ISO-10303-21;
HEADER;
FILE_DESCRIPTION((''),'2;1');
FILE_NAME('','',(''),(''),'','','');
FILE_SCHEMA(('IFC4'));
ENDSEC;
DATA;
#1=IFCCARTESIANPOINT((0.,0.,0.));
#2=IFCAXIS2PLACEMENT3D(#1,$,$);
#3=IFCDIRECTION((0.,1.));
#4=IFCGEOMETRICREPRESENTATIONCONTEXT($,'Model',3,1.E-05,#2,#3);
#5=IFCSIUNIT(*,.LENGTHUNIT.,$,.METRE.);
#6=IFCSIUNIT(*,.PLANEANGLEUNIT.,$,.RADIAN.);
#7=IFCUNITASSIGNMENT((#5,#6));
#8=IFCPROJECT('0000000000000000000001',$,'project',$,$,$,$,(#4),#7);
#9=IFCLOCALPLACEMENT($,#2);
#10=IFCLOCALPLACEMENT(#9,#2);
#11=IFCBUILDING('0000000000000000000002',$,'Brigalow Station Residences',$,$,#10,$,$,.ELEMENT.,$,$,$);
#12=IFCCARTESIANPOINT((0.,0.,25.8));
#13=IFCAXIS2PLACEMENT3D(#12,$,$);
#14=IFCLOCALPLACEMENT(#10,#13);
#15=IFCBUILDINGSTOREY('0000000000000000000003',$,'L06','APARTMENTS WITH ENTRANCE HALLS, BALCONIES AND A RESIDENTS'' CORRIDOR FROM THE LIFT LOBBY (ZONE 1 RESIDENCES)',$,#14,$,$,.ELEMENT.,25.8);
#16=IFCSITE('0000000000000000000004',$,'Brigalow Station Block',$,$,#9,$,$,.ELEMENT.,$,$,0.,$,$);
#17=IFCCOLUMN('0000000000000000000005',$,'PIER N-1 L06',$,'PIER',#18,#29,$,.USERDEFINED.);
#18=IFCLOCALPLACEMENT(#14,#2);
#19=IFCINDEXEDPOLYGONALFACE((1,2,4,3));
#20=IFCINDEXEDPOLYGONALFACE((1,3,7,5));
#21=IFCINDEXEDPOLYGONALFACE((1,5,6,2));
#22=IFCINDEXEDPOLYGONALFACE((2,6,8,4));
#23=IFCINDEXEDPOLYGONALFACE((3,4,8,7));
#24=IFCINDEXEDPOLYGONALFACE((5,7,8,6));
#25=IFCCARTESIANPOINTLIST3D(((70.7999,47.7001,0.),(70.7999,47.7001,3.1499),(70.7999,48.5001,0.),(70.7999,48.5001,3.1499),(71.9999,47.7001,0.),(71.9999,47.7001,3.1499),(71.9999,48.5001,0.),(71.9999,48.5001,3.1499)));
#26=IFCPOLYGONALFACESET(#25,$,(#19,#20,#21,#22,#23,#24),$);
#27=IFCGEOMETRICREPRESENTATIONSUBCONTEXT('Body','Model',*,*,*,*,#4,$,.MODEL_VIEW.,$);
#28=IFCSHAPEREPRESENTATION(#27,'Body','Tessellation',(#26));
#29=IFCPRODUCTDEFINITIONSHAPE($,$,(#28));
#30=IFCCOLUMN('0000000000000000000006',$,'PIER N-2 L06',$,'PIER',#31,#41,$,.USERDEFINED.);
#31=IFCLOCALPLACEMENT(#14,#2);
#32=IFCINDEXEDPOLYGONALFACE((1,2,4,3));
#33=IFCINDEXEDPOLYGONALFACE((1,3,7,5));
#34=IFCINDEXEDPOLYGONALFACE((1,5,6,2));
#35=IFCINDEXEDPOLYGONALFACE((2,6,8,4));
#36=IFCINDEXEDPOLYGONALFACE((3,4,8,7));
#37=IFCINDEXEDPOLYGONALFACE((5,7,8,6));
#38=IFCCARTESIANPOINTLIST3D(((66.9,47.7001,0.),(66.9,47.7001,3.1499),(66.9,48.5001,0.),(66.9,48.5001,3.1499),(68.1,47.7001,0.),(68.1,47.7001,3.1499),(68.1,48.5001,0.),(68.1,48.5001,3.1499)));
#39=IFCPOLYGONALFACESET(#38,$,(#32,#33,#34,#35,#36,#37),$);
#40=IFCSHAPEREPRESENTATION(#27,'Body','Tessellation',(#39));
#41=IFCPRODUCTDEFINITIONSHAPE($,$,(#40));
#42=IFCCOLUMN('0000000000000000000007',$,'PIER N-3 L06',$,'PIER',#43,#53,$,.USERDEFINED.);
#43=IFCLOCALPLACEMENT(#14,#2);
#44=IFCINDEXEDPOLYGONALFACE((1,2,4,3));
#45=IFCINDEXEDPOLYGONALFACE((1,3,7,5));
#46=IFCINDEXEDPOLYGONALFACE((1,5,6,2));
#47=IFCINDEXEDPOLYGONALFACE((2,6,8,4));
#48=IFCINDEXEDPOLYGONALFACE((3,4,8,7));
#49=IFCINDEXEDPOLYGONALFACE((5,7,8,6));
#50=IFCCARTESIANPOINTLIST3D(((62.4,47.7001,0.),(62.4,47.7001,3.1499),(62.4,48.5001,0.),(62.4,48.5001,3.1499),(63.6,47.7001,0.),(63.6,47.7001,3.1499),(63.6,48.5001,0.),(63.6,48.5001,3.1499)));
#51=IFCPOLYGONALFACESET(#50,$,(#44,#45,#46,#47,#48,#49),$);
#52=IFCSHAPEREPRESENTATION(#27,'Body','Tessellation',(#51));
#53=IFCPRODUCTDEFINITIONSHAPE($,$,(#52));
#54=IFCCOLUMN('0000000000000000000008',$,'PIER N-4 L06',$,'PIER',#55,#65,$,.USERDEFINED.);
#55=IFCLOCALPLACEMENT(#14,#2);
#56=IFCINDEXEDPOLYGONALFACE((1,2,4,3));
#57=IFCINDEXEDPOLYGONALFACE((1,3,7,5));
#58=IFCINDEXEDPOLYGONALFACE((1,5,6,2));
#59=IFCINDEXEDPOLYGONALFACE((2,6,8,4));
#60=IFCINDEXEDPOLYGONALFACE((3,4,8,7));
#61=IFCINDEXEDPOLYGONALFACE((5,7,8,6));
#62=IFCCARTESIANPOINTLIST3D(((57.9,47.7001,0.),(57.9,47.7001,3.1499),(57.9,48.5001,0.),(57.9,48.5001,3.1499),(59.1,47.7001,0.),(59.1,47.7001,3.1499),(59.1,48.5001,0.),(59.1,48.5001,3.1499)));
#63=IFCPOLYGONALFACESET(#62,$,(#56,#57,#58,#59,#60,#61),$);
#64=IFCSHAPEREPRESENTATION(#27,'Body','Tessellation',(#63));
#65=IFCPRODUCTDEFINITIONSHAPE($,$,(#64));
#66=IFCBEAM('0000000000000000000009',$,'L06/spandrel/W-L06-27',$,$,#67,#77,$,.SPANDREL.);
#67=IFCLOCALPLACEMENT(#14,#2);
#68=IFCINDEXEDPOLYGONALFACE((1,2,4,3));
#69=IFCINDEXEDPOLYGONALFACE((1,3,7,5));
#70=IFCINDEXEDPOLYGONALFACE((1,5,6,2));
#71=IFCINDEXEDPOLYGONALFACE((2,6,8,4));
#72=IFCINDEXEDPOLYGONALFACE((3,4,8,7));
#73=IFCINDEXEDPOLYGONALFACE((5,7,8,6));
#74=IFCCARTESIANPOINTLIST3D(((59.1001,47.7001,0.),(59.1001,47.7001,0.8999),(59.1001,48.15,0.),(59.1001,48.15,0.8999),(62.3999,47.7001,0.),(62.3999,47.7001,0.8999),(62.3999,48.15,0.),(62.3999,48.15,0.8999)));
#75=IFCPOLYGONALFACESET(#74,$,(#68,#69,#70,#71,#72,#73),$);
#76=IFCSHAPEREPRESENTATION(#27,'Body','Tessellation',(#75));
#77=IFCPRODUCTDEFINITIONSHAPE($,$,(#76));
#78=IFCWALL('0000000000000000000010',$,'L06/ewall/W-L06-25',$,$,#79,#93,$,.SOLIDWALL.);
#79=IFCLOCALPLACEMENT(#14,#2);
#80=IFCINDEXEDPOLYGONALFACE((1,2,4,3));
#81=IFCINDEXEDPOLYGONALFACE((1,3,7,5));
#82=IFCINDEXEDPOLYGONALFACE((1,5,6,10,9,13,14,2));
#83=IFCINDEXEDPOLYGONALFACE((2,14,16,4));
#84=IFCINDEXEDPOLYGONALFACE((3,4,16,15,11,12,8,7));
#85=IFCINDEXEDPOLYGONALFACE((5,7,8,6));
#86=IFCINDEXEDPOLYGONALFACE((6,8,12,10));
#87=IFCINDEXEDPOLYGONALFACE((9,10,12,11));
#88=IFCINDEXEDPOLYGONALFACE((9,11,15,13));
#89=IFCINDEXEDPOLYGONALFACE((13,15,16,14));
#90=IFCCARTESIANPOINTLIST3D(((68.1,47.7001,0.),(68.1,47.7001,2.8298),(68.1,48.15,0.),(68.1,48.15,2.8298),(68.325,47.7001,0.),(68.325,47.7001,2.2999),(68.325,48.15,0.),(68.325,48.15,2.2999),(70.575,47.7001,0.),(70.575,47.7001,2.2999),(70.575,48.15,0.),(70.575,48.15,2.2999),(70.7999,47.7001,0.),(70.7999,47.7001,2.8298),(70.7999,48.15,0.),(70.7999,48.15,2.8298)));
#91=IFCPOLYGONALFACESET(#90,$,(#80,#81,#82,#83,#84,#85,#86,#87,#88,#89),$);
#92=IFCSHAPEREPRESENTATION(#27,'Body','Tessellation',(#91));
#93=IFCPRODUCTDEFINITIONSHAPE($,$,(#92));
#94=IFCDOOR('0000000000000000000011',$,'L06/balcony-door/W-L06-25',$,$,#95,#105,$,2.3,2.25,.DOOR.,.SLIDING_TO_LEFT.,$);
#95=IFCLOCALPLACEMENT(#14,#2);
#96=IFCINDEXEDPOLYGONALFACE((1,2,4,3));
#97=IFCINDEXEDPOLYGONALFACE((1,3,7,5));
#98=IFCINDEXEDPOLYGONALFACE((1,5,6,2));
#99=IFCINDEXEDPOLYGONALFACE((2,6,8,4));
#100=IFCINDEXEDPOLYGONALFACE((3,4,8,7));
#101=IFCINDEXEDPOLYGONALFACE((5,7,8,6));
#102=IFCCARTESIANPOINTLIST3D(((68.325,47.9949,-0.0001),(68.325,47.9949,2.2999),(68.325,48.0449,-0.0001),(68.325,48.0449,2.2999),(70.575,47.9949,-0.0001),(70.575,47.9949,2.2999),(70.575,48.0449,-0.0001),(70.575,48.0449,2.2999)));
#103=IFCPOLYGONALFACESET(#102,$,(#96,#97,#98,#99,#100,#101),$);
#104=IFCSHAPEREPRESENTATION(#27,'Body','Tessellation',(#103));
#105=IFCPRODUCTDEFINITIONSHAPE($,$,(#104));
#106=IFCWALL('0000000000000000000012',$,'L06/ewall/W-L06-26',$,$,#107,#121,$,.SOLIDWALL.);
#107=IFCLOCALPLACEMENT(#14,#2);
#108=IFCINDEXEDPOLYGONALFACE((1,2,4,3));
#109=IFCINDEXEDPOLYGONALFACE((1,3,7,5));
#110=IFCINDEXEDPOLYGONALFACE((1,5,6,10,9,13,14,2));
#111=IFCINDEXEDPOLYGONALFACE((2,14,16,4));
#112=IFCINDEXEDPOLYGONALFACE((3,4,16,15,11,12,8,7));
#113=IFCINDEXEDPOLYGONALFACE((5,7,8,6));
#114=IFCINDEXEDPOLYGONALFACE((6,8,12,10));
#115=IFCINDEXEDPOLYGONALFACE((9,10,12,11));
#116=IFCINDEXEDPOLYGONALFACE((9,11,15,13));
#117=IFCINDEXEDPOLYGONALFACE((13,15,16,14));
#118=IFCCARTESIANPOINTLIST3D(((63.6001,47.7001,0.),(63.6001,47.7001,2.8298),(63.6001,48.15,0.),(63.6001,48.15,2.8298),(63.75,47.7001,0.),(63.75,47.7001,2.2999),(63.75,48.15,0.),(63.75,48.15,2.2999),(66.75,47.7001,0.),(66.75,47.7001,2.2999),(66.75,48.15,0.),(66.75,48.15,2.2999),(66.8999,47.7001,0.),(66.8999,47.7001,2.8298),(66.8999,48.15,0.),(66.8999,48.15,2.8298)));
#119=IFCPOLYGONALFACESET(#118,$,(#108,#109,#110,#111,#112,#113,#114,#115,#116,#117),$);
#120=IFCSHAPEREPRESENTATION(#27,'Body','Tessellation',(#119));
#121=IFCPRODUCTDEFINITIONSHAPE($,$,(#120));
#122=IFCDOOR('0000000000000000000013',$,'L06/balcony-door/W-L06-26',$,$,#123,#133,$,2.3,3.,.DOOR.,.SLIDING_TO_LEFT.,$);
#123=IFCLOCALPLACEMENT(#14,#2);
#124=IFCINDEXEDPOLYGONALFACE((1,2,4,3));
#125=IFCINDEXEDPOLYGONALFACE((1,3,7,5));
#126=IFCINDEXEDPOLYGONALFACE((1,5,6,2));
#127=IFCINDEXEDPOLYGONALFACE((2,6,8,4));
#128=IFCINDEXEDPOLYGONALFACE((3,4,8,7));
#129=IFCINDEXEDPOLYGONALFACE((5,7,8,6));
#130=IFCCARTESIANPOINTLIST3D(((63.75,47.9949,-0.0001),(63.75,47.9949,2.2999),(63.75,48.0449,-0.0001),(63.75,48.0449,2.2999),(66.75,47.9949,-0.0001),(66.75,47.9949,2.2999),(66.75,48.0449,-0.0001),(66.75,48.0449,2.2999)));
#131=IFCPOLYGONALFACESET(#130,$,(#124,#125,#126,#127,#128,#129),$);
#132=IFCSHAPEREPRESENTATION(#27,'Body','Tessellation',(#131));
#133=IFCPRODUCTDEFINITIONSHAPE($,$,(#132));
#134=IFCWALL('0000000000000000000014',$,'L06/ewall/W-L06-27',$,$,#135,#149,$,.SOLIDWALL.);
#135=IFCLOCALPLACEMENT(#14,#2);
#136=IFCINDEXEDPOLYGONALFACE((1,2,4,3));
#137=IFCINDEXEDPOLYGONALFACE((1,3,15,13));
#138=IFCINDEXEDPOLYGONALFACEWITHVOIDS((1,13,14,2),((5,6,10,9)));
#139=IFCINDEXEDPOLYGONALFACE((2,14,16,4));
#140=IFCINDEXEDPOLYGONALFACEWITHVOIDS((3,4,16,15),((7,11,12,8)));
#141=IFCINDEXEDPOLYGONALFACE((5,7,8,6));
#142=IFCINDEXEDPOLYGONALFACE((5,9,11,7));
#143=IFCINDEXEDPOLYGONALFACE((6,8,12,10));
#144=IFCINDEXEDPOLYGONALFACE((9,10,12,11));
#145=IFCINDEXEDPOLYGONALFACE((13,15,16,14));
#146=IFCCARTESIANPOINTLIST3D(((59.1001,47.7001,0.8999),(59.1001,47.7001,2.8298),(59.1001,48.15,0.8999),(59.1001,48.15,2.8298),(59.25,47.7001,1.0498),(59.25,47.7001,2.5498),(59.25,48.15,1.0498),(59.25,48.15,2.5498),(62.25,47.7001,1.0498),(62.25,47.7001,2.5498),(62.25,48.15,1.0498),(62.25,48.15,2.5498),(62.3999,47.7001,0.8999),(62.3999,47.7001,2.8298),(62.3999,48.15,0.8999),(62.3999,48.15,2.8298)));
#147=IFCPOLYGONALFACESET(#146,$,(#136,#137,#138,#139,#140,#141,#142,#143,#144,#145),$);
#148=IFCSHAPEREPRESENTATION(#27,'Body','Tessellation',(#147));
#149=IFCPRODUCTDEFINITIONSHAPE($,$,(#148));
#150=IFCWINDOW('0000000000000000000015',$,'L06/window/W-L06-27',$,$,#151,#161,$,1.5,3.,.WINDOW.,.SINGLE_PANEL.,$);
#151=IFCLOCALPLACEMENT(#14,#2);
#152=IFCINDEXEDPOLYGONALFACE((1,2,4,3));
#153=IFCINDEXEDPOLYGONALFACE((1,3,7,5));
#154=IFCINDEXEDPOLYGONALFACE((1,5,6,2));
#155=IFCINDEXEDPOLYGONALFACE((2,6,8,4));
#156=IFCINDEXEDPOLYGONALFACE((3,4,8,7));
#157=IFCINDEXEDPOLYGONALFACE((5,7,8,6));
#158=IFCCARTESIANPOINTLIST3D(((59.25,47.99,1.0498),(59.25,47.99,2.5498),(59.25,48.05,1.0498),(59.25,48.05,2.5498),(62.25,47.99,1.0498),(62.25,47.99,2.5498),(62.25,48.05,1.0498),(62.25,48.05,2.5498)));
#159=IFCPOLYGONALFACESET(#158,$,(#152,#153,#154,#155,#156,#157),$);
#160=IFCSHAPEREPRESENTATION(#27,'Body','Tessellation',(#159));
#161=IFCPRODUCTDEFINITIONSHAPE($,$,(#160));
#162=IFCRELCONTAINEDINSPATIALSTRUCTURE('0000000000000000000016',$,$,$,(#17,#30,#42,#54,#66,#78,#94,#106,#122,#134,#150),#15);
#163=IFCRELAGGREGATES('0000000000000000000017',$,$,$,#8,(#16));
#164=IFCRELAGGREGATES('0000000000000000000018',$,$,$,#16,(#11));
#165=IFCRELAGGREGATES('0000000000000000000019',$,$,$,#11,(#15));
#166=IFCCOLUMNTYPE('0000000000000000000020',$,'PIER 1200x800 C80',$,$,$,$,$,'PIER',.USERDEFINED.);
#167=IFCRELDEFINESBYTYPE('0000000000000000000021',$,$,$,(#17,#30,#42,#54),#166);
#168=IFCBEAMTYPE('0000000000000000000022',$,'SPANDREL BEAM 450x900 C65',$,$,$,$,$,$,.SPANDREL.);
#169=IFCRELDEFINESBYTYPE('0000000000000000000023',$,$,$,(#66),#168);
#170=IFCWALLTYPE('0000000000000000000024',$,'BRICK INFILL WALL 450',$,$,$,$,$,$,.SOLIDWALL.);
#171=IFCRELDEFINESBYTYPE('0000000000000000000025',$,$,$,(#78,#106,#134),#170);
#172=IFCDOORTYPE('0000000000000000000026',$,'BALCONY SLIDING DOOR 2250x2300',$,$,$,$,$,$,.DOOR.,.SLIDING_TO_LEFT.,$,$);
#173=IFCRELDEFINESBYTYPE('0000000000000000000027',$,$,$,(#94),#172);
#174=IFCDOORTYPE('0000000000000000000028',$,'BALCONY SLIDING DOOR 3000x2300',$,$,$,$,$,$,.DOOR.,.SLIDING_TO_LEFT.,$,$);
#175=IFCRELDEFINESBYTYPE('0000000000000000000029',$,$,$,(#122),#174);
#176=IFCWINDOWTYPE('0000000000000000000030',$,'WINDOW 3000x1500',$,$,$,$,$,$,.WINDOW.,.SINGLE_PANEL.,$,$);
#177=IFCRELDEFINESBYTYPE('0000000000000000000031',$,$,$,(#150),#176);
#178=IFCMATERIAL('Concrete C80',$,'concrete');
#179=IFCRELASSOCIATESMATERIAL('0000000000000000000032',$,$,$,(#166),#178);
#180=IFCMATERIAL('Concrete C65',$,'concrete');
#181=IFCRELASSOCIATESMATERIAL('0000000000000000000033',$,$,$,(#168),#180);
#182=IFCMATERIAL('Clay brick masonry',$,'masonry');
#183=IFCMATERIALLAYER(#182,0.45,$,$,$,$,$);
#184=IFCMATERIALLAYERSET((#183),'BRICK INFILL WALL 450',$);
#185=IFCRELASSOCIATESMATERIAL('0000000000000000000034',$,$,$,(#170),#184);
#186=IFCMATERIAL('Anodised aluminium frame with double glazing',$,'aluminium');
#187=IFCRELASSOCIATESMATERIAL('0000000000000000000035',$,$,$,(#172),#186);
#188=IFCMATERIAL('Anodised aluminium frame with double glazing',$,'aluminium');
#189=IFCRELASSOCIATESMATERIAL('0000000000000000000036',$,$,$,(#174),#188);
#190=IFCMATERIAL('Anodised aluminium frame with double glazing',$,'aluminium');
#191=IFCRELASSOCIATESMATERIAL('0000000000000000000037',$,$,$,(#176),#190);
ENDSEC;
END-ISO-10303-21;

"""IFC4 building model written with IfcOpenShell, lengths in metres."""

from ifc_helpers import new_model, si_unit, direction, frame, frame_2d, origin, origin_2d, place, context, subcontext, project, spatial, rectangle, extrude, material, layer, layer_set, material_profile, profile_set, type_object, element, fill, save


model = new_model("IFC4")

# Units and contexts
model_context = context("Model", 3, precision=1e-05, world=origin(), true_north=direction((0.0, 1.0)))
body_context = subcontext(model_context, "Body", "Model", "MODEL_VIEW")
ifc_project = project(units=[si_unit("LENGTHUNIT", "METRE"), si_unit("PLANEANGLEUNIT", "RADIAN")], contexts=[model_context])

# Site, building, storey
site_placement = place(None, origin())
site = spatial("IfcSite", under=ifc_project, at=site_placement, Name="Brigalow Station Block", CompositionType="ELEMENT", RefElevation=0.0)
building_placement = place(site_placement, origin())
building = spatial("IfcBuilding", under=site, at=building_placement, Name="Brigalow Station Residences", CompositionType="ELEMENT")
storey_placement = place(building_placement, frame((0.0, 0.0, 25.8)))
storey = spatial("IfcBuildingStorey", under=building, at=storey_placement, Name="L06", Description="APARTMENTS WITH ENTRANCE HALLS, BALCONIES AND A RESIDENTS' CORRIDOR FROM THE LIFT LOBBY (ZONE 1 RESIDENCES)", CompositionType="ELEMENT", Elevation=25.8)

# Columns
ifc_material_1 = material(Name="Concrete C80", Category="concrete")
ifc_material_profile_1 = material_profile(ifc_material_1, rectangle(XDim=1.2, YDim=0.8, at=origin_2d()), Name="RC1200x800")
ifc_profile_set_1 = profile_set([ifc_material_profile_1], Name="Concrete C80")
column_type = type_object("IfcColumnType", Name="PIER 1200x800 C80", ElementType="PIER", PredefinedType="USERDEFINED", material=ifc_profile_set_1)
for number, where, z_axis, x_axis, name in (
    (1, (71.3999, 48.1001, 0.0), (0.0, 0.0, 1.0), (-1.0, 0.0, 0.0), "PIER N-1 L06"),
    (2, (67.5, 48.1001, 0.0), (0.0, 0.0, 1.0), (-1.0, 0.0, 0.0), "PIER N-2 L06"),
    (3, (63.0, 48.1001, 0.0), (0.0, 0.0, 1.0), (-1.0, 0.0, 0.0), "PIER N-3 L06"),
    (4, (58.5, 48.1001, 0.0), (0.0, 0.0, 1.0), (-1.0, 0.0, 0.0), "PIER N-4 L06"),
):
    element("IfcColumn", number, at=place(storey_placement, frame(where, z_axis=z_axis, x_axis=x_axis)), inside=storey, type_object=column_type, Name=name, ObjectType="PIER", PredefinedType="USERDEFINED", context=body_context, shape_type="SweptSolid", body=[
        extrude(rectangle(XDim=1.2, YDim=0.8, at=origin_2d()), origin(), (0.0, 0.0, 1.0), 3.1499),
    ])

# Beam
ifc_material_2 = material(Name="Concrete C65", Category="concrete")
ifc_material_profile_2 = material_profile(ifc_material_2, rectangle(XDim=0.45, YDim=0.8999, at=origin_2d()), Name="RC450x900")
ifc_profile_set_2 = profile_set([ifc_material_profile_2], Name="Concrete C65")
beam_type = type_object("IfcBeamType", Name="SPANDREL BEAM 450x900 C65", PredefinedType="SPANDREL", material=ifc_profile_set_2)
beam_placement = place(storey_placement, frame((62.3999, 47.925, 0.45), z_axis=(-1.0, 0.0, 0.0), x_axis=(0.0, -1.0, 0.0)))
element("IfcBeam", 5, at=beam_placement, inside=storey, type_object=beam_type, Name="L06/spandrel/W-L06-27", PredefinedType="SPANDREL", context=body_context, shape_type="SweptSolid", body=[
    extrude(rectangle(XDim=0.45, YDim=0.8999, at=origin_2d()), origin(), (0.0, 0.0, 1.0), 3.2998),
])

# Walls, openings, doors
ifc_material_3 = material(Name="Clay brick masonry", Category="masonry")
ifc_layer_1 = layer(ifc_material_3, 0.45)
ifc_layer_set_1 = layer_set([ifc_layer_1], Name="BRICK INFILL WALL 450")
wall_type_1 = type_object("IfcWallType", Name="BRICK INFILL WALL 450", PredefinedType="SOLIDWALL", material=ifc_layer_set_1)
wall_1_placement = place(storey_placement, frame((70.8, 47.925, 0.0), z_axis=(0.0, 0.0, 1.0), x_axis=(-1.0, 0.0, 0.0)))
wall_1 = element("IfcWall", 6, at=wall_1_placement, inside=storey, type_object=wall_type_1, Name="L06/ewall/W-L06-25", PredefinedType="SOLIDWALL", context=body_context, shape_type="SweptSolid", body=[
    extrude(rectangle(XDim=2.7, YDim=0.45, at=frame_2d((1.3501, 0.0))), origin(), (0.0, 0.0, 1.0), 2.8298),
])
opening_1_placement = place(wall_1_placement, frame((0.2251, 0.0, 0.0)))
opening_1 = element("IfcOpeningElement", 7, at=opening_1_placement, cuts=wall_1, PredefinedType="OPENING", context=body_context, shape_type="SweptSolid", body=[
    extrude(rectangle(XDim=2.25, YDim=2.3, at=frame_2d((1.125, 1.1499))), frame((0.0, 0.2349, 0.0), z_axis=(0.0, -1.0, 0.0), x_axis=(1.0, 0.0, 0.0)), (0.0, 0.0, 1.0), 0.47),
])
ifc_material_4 = material(Name="Anodised aluminium frame with double glazing", Category="aluminium")
door_type_1 = type_object("IfcDoorType", Name="BALCONY SLIDING DOOR 2250x2300", OperationType="SLIDING_TO_LEFT", PredefinedType="DOOR", material=ifc_material_4)
door_1_placement = place(opening_1_placement, origin())
door_1 = element("IfcDoor", 8, at=door_1_placement, inside=storey, type_object=door_type_1, Name="L06/balcony-door/W-L06-25", OperationType="SLIDING_TO_LEFT", OverallHeight=2.3, OverallWidth=2.25, PredefinedType="DOOR", context=body_context, shape_type="SweptSolid", body=[
    extrude(rectangle(XDim=2.25, YDim=2.3, at=frame_2d((1.125, 1.1499))), frame((0.0, -0.0698, 0.0), z_axis=(0.0, -1.0, 0.0), x_axis=(1.0, 0.0, 0.0)), (0.0, 0.0, 1.0), 0.05),
])
fill(opening_1, door_1)
wall_2_placement = place(storey_placement, frame((66.8999, 47.925, 0.0), z_axis=(0.0, 0.0, 1.0), x_axis=(-1.0, 0.0, 0.0)))
wall_2 = element("IfcWall", 9, at=wall_2_placement, inside=storey, type_object=wall_type_1, Name="L06/ewall/W-L06-26", PredefinedType="SOLIDWALL", context=body_context, shape_type="SweptSolid", body=[
    extrude(rectangle(XDim=3.2998, YDim=0.45, at=frame_2d((1.6499, 0.0))), origin(), (0.0, 0.0, 1.0), 2.8298),
])
opening_2_placement = place(wall_2_placement, frame((0.1499, 0.0, 0.0)))
opening_2 = element("IfcOpeningElement", 10, at=opening_2_placement, cuts=wall_2, PredefinedType="OPENING", context=body_context, shape_type="SweptSolid", body=[
    extrude(rectangle(XDim=3.0, YDim=2.3, at=frame_2d((1.5, 1.1499))), frame((0.0, 0.2349, 0.0), z_axis=(0.0, -1.0, 0.0), x_axis=(1.0, 0.0, 0.0)), (0.0, 0.0, 1.0), 0.47),
])
ifc_material_5 = material(Name="Anodised aluminium frame with double glazing", Category="aluminium")
door_type_2 = type_object("IfcDoorType", Name="BALCONY SLIDING DOOR 3000x2300", OperationType="SLIDING_TO_LEFT", PredefinedType="DOOR", material=ifc_material_5)
door_2_placement = place(opening_2_placement, origin())
door_2 = element("IfcDoor", 11, at=door_2_placement, inside=storey, type_object=door_type_2, Name="L06/balcony-door/W-L06-26", OperationType="SLIDING_TO_LEFT", OverallHeight=2.3, OverallWidth=3.0, PredefinedType="DOOR", context=body_context, shape_type="SweptSolid", body=[
    extrude(rectangle(XDim=3.0, YDim=2.3, at=frame_2d((1.5, 1.1499))), frame((0.0, -0.0698, 0.0), z_axis=(0.0, -1.0, 0.0), x_axis=(1.0, 0.0, 0.0)), (0.0, 0.0, 1.0), 0.05),
])
fill(opening_2, door_2)

# Wall, opening, window
wall_3_placement = place(storey_placement, frame((62.3999, 47.925, 0.8999), z_axis=(0.0, 0.0, 1.0), x_axis=(-1.0, 0.0, 0.0)))
wall_3 = element("IfcWall", 12, at=wall_3_placement, inside=storey, type_object=wall_type_1, Name="L06/ewall/W-L06-27", PredefinedType="SOLIDWALL", context=body_context, shape_type="SweptSolid", body=[
    extrude(rectangle(XDim=3.2998, YDim=0.45, at=frame_2d((1.6499, 0.0))), origin(), (0.0, 0.0, 1.0), 1.9299),
])
opening_3_placement = place(wall_3_placement, frame((0.1499, 0.0, 0.1499)))
opening_3 = element("IfcOpeningElement", 13, at=opening_3_placement, cuts=wall_3, PredefinedType="OPENING", context=body_context, shape_type="SweptSolid", body=[
    extrude(rectangle(XDim=3.0, YDim=1.5, at=frame_2d((1.5, 0.75))), frame((0.0, 0.2349, 0.0), z_axis=(0.0, -1.0, 0.0), x_axis=(1.0, 0.0, 0.0)), (0.0, 0.0, 1.0), 0.47),
])
ifc_material_6 = material(Name="Anodised aluminium frame with double glazing", Category="aluminium")
window_type = type_object("IfcWindowType", Name="WINDOW 3000x1500", PartitioningType="SINGLE_PANEL", PredefinedType="WINDOW", material=ifc_material_6)
window_1_placement = place(opening_3_placement, origin())
window_1 = element("IfcWindow", 14, at=window_1_placement, inside=storey, type_object=window_type, Name="L06/window/W-L06-27", OverallHeight=1.5, OverallWidth=3.0, PartitioningType="SINGLE_PANEL", PredefinedType="WINDOW", context=body_context, shape_type="SweptSolid", body=[
    extrude(rectangle(XDim=3.0, YDim=1.5, at=frame_2d((1.5, 0.75))), frame((0.0, -0.0649, 0.0), z_axis=(0.0, -1.0, 0.0), x_axis=(1.0, 0.0, 0.0)), (0.0, 0.0, 1.0), 0.0601),
])
fill(opening_3, window_1)

save(model, "model.ifc")
